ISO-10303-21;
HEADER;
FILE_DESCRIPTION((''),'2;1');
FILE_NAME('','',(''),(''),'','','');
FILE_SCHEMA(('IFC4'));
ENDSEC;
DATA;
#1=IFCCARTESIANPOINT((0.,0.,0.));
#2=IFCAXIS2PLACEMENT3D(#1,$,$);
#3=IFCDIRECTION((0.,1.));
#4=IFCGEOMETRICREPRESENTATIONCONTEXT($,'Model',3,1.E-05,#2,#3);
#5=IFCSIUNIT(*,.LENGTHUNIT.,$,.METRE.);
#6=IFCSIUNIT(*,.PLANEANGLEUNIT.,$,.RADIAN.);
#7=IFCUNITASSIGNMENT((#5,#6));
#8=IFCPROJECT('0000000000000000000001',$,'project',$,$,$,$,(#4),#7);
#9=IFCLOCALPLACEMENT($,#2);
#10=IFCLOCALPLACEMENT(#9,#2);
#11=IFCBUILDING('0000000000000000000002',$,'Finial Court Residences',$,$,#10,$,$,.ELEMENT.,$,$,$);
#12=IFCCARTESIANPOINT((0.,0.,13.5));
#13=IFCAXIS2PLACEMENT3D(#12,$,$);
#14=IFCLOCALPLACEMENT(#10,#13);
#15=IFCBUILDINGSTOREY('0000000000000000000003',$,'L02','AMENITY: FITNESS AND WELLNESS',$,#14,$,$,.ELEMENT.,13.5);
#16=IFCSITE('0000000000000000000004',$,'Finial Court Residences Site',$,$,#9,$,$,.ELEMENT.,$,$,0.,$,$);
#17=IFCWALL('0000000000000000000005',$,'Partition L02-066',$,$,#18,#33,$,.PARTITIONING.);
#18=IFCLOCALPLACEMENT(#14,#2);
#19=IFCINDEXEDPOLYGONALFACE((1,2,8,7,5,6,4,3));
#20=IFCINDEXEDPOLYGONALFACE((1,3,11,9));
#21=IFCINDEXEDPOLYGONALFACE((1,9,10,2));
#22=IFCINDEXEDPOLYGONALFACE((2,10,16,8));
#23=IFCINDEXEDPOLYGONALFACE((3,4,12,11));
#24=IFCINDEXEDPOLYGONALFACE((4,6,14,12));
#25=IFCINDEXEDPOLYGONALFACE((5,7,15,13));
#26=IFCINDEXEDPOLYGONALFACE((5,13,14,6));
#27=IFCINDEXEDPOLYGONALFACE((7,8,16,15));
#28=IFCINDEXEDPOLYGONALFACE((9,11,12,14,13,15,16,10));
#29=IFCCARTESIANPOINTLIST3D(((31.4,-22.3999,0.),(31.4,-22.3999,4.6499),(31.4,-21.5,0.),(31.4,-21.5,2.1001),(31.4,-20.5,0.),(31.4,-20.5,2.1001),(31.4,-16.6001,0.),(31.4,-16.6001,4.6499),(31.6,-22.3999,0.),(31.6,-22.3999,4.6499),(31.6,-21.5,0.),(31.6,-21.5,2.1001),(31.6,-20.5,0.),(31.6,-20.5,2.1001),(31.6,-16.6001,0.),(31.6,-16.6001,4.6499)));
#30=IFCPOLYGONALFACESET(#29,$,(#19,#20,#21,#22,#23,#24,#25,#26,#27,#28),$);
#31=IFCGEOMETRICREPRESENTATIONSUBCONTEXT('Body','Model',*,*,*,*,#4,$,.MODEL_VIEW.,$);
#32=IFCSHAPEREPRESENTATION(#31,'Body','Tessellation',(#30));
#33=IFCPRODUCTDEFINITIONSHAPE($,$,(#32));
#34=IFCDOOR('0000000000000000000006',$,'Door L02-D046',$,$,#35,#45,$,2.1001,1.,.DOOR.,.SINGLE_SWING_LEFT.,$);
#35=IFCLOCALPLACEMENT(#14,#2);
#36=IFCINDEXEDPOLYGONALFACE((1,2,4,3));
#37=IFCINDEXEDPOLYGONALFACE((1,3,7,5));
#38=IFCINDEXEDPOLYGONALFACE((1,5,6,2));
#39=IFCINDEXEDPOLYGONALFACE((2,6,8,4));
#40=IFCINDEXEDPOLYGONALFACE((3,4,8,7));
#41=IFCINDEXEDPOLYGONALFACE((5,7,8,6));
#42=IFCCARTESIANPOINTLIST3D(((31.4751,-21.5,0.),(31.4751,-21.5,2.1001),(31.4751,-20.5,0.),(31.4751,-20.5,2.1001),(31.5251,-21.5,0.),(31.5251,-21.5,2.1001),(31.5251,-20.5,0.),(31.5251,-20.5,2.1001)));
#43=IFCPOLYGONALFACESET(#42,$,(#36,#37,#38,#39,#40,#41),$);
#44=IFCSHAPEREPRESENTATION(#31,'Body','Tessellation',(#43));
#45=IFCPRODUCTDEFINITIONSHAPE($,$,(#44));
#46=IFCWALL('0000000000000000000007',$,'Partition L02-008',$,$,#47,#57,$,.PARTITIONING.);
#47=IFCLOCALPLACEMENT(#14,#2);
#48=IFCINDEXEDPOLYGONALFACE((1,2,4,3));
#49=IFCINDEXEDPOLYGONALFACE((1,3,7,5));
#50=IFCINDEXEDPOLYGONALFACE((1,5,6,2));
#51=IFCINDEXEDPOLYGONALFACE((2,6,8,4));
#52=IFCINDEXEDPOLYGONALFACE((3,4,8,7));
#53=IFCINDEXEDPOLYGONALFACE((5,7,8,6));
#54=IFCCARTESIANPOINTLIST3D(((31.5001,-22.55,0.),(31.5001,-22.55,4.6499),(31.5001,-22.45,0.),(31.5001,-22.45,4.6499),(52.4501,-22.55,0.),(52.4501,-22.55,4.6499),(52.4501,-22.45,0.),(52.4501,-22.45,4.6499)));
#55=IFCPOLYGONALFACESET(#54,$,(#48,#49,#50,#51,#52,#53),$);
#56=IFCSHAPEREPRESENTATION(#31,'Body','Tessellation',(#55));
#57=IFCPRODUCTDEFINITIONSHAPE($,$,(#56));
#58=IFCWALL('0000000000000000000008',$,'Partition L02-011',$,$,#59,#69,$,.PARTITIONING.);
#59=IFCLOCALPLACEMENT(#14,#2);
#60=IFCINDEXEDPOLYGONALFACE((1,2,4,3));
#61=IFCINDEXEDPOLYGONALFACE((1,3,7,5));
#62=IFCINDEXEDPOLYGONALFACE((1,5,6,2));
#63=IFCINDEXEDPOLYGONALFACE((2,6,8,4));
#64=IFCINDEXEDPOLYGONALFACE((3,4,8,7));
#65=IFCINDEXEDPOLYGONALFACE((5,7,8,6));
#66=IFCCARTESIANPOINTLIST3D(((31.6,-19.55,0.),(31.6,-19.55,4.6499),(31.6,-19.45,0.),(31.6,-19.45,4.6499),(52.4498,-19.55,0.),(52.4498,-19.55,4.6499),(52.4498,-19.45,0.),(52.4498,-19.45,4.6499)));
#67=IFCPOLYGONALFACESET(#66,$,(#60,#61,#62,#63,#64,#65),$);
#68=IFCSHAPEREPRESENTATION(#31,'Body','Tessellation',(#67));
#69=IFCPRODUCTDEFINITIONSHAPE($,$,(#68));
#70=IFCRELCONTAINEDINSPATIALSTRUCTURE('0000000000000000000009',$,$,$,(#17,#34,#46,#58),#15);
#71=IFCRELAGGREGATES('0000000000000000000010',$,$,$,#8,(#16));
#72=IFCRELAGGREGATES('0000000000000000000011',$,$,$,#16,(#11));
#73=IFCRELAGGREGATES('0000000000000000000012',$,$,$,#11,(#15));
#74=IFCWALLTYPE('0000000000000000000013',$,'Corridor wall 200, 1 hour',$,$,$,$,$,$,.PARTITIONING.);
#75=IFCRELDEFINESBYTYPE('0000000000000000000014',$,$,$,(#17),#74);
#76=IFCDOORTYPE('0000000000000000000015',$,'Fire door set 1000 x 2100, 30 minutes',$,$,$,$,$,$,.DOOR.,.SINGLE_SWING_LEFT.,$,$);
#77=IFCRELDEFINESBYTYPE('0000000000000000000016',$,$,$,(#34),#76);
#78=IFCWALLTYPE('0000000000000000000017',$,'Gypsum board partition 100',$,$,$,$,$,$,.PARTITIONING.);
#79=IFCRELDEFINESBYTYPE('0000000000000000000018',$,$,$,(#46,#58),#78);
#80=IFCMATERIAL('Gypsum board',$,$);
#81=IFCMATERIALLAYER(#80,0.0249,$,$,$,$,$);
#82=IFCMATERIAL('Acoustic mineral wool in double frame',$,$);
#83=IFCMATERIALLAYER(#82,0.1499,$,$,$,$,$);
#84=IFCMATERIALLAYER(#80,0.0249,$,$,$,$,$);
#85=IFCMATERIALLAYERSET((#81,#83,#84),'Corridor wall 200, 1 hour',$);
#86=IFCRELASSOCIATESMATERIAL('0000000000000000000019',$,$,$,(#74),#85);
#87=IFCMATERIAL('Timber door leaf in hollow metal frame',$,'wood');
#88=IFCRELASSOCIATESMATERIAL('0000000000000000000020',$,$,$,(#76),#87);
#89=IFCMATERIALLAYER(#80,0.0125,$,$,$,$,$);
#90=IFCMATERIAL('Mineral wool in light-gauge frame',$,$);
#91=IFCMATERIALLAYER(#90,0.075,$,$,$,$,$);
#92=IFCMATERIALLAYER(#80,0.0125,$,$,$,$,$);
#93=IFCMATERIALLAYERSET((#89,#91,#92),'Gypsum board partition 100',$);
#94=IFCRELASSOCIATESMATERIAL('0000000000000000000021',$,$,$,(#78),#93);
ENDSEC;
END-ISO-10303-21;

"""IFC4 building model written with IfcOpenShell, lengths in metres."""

from ifc_helpers import new_model, si_unit, direction, frame, frame_2d, origin, place, context, subcontext, project, spatial, rectangle, extrude, material, layer, layer_set, type_object, element, fill, save


model = new_model("IFC4")

# Units and contexts
model_context = context("Model", 3, precision=1e-05, world=origin(), true_north=direction((0.0, 1.0)))
body_context = subcontext(model_context, "Body", "Model", "MODEL_VIEW")
ifc_project = project(units=[si_unit("LENGTHUNIT", "METRE"), si_unit("PLANEANGLEUNIT", "RADIAN")], contexts=[model_context])

# Site, building, storey
site_placement = place(None, origin())
site = spatial("IfcSite", under=ifc_project, at=site_placement, Name="Finial Court Residences Site", CompositionType="ELEMENT", RefElevation=0.0)
building_placement = place(site_placement, origin())
building = spatial("IfcBuilding", under=site, at=building_placement, Name="Finial Court Residences", CompositionType="ELEMENT")
storey_placement = place(building_placement, frame((0.0, 0.0, 13.5)))
storey = spatial("IfcBuildingStorey", under=building, at=storey_placement, Name="L02", Description="AMENITY: FITNESS AND WELLNESS", CompositionType="ELEMENT", Elevation=13.5)

# Shared definitions
ifc_material_1 = material(Name="Gypsum board")
ifc_layer_1 = layer(ifc_material_1, 0.0249)
ifc_material_2 = material(Name="Acoustic mineral wool in double frame")
ifc_layer_2 = layer(ifc_material_2, 0.1499)
ifc_layer_3 = layer(ifc_material_1, 0.0249)
ifc_layer_set_1 = layer_set([ifc_layer_1, ifc_layer_2, ifc_layer_3], Name="Corridor wall 200, 1 hour")
wall_type_1 = type_object("IfcWallType", Name="Corridor wall 200, 1 hour", PredefinedType="PARTITIONING", material=ifc_layer_set_1)

# Shared definitions
ifc_material_3 = material(Name="Timber door leaf in hollow metal frame", Category="wood")
door_type = type_object("IfcDoorType", Name="Fire door set 1000 x 2100, 30 minutes", OperationType="SINGLE_SWING_LEFT", PredefinedType="DOOR", material=ifc_material_3)

# Wall, opening, door
wall_1_placement = place(storey_placement, frame((31.5, -22.3999, 0.0), z_axis=(0.0, 0.0, 1.0), x_axis=(0.0, 1.0, 0.0)))
wall_1 = element("IfcWall", 1, at=wall_1_placement, inside=storey, type_object=wall_type_1, Name="Partition L02-066", PredefinedType="PARTITIONING", context=body_context, shape_type="SweptSolid", body=[
    extrude(rectangle(XDim=5.7998, YDim=0.2, at=frame_2d((2.8999, 0.0))), origin(), (0.0, 0.0, 1.0), 4.6499),
])
opening_1_placement = place(wall_1_placement, frame((0.8999, 0.0, 0.0)))
opening_1 = element("IfcOpeningElement", 2, at=opening_1_placement, cuts=wall_1, PredefinedType="OPENING", context=body_context, shape_type="SweptSolid", body=[
    extrude(rectangle(XDim=1.0, YDim=2.1001, at=frame_2d((0.5, 1.05))), frame((0.0, 0.1099, 0.0), z_axis=(0.0, -1.0, 0.0), x_axis=(1.0, 0.0, 0.0)), (0.0, 0.0, 1.0), 0.22),
])
door_1_placement = place(opening_1_placement, origin())
door_1 = element("IfcDoor", 3, at=door_1_placement, inside=storey, type_object=door_type, Name="Door L02-D046", OperationType="SINGLE_SWING_LEFT", OverallHeight=2.1001, OverallWidth=1.0, PredefinedType="DOOR", context=body_context, shape_type="SweptSolid", body=[
    extrude(rectangle(XDim=1.0, YDim=2.1001, at=frame_2d((0.5, 1.05))), frame((0.0, 0.0249, 0.0), z_axis=(0.0, -1.0, 0.0), x_axis=(1.0, 0.0, 0.0)), (0.0, 0.0, 1.0), 0.05),
])
fill(opening_1, door_1)

# Walls
ifc_layer_4 = layer(ifc_material_1, 0.0125)
ifc_material_4 = material(Name="Mineral wool in light-gauge frame")
ifc_layer_5 = layer(ifc_material_4, 0.075)
ifc_layer_6 = layer(ifc_material_1, 0.0125)
ifc_layer_set_2 = layer_set([ifc_layer_4, ifc_layer_5, ifc_layer_6], Name="Gypsum board partition 100")
wall_type_2 = type_object("IfcWallType", Name="Gypsum board partition 100", PredefinedType="PARTITIONING", material=ifc_layer_set_2)
wall_2_placement = place(storey_placement, frame((31.5, -22.5, 0.0), z_axis=(0.0, 0.0, 1.0), x_axis=(1.0, 0.0, 0.0)))
element("IfcWall", 4, at=wall_2_placement, inside=storey, type_object=wall_type_2, Name="Partition L02-008", PredefinedType="PARTITIONING", context=body_context, shape_type="SweptSolid", body=[
    extrude(rectangle(XDim=20.95, YDim=0.1001, at=frame_2d((10.4751, 0.0))), origin(), (0.0, 0.0, 1.0), 4.6499),
])
wall_3_placement = place(storey_placement, frame((31.6001, -19.5, 0.0), z_axis=(0.0, 0.0, 1.0), x_axis=(1.0, 0.0, 0.0)))
element("IfcWall", 5, at=wall_3_placement, inside=storey, type_object=wall_type_2, Name="Partition L02-011", PredefinedType="PARTITIONING", context=body_context, shape_type="SweptSolid", body=[
    extrude(rectangle(XDim=20.8499, YDim=0.1001, at=frame_2d((10.4248, 0.0))), origin(), (0.0, 0.0, 1.0), 4.6499),
])

save(model, "model.ifc")
